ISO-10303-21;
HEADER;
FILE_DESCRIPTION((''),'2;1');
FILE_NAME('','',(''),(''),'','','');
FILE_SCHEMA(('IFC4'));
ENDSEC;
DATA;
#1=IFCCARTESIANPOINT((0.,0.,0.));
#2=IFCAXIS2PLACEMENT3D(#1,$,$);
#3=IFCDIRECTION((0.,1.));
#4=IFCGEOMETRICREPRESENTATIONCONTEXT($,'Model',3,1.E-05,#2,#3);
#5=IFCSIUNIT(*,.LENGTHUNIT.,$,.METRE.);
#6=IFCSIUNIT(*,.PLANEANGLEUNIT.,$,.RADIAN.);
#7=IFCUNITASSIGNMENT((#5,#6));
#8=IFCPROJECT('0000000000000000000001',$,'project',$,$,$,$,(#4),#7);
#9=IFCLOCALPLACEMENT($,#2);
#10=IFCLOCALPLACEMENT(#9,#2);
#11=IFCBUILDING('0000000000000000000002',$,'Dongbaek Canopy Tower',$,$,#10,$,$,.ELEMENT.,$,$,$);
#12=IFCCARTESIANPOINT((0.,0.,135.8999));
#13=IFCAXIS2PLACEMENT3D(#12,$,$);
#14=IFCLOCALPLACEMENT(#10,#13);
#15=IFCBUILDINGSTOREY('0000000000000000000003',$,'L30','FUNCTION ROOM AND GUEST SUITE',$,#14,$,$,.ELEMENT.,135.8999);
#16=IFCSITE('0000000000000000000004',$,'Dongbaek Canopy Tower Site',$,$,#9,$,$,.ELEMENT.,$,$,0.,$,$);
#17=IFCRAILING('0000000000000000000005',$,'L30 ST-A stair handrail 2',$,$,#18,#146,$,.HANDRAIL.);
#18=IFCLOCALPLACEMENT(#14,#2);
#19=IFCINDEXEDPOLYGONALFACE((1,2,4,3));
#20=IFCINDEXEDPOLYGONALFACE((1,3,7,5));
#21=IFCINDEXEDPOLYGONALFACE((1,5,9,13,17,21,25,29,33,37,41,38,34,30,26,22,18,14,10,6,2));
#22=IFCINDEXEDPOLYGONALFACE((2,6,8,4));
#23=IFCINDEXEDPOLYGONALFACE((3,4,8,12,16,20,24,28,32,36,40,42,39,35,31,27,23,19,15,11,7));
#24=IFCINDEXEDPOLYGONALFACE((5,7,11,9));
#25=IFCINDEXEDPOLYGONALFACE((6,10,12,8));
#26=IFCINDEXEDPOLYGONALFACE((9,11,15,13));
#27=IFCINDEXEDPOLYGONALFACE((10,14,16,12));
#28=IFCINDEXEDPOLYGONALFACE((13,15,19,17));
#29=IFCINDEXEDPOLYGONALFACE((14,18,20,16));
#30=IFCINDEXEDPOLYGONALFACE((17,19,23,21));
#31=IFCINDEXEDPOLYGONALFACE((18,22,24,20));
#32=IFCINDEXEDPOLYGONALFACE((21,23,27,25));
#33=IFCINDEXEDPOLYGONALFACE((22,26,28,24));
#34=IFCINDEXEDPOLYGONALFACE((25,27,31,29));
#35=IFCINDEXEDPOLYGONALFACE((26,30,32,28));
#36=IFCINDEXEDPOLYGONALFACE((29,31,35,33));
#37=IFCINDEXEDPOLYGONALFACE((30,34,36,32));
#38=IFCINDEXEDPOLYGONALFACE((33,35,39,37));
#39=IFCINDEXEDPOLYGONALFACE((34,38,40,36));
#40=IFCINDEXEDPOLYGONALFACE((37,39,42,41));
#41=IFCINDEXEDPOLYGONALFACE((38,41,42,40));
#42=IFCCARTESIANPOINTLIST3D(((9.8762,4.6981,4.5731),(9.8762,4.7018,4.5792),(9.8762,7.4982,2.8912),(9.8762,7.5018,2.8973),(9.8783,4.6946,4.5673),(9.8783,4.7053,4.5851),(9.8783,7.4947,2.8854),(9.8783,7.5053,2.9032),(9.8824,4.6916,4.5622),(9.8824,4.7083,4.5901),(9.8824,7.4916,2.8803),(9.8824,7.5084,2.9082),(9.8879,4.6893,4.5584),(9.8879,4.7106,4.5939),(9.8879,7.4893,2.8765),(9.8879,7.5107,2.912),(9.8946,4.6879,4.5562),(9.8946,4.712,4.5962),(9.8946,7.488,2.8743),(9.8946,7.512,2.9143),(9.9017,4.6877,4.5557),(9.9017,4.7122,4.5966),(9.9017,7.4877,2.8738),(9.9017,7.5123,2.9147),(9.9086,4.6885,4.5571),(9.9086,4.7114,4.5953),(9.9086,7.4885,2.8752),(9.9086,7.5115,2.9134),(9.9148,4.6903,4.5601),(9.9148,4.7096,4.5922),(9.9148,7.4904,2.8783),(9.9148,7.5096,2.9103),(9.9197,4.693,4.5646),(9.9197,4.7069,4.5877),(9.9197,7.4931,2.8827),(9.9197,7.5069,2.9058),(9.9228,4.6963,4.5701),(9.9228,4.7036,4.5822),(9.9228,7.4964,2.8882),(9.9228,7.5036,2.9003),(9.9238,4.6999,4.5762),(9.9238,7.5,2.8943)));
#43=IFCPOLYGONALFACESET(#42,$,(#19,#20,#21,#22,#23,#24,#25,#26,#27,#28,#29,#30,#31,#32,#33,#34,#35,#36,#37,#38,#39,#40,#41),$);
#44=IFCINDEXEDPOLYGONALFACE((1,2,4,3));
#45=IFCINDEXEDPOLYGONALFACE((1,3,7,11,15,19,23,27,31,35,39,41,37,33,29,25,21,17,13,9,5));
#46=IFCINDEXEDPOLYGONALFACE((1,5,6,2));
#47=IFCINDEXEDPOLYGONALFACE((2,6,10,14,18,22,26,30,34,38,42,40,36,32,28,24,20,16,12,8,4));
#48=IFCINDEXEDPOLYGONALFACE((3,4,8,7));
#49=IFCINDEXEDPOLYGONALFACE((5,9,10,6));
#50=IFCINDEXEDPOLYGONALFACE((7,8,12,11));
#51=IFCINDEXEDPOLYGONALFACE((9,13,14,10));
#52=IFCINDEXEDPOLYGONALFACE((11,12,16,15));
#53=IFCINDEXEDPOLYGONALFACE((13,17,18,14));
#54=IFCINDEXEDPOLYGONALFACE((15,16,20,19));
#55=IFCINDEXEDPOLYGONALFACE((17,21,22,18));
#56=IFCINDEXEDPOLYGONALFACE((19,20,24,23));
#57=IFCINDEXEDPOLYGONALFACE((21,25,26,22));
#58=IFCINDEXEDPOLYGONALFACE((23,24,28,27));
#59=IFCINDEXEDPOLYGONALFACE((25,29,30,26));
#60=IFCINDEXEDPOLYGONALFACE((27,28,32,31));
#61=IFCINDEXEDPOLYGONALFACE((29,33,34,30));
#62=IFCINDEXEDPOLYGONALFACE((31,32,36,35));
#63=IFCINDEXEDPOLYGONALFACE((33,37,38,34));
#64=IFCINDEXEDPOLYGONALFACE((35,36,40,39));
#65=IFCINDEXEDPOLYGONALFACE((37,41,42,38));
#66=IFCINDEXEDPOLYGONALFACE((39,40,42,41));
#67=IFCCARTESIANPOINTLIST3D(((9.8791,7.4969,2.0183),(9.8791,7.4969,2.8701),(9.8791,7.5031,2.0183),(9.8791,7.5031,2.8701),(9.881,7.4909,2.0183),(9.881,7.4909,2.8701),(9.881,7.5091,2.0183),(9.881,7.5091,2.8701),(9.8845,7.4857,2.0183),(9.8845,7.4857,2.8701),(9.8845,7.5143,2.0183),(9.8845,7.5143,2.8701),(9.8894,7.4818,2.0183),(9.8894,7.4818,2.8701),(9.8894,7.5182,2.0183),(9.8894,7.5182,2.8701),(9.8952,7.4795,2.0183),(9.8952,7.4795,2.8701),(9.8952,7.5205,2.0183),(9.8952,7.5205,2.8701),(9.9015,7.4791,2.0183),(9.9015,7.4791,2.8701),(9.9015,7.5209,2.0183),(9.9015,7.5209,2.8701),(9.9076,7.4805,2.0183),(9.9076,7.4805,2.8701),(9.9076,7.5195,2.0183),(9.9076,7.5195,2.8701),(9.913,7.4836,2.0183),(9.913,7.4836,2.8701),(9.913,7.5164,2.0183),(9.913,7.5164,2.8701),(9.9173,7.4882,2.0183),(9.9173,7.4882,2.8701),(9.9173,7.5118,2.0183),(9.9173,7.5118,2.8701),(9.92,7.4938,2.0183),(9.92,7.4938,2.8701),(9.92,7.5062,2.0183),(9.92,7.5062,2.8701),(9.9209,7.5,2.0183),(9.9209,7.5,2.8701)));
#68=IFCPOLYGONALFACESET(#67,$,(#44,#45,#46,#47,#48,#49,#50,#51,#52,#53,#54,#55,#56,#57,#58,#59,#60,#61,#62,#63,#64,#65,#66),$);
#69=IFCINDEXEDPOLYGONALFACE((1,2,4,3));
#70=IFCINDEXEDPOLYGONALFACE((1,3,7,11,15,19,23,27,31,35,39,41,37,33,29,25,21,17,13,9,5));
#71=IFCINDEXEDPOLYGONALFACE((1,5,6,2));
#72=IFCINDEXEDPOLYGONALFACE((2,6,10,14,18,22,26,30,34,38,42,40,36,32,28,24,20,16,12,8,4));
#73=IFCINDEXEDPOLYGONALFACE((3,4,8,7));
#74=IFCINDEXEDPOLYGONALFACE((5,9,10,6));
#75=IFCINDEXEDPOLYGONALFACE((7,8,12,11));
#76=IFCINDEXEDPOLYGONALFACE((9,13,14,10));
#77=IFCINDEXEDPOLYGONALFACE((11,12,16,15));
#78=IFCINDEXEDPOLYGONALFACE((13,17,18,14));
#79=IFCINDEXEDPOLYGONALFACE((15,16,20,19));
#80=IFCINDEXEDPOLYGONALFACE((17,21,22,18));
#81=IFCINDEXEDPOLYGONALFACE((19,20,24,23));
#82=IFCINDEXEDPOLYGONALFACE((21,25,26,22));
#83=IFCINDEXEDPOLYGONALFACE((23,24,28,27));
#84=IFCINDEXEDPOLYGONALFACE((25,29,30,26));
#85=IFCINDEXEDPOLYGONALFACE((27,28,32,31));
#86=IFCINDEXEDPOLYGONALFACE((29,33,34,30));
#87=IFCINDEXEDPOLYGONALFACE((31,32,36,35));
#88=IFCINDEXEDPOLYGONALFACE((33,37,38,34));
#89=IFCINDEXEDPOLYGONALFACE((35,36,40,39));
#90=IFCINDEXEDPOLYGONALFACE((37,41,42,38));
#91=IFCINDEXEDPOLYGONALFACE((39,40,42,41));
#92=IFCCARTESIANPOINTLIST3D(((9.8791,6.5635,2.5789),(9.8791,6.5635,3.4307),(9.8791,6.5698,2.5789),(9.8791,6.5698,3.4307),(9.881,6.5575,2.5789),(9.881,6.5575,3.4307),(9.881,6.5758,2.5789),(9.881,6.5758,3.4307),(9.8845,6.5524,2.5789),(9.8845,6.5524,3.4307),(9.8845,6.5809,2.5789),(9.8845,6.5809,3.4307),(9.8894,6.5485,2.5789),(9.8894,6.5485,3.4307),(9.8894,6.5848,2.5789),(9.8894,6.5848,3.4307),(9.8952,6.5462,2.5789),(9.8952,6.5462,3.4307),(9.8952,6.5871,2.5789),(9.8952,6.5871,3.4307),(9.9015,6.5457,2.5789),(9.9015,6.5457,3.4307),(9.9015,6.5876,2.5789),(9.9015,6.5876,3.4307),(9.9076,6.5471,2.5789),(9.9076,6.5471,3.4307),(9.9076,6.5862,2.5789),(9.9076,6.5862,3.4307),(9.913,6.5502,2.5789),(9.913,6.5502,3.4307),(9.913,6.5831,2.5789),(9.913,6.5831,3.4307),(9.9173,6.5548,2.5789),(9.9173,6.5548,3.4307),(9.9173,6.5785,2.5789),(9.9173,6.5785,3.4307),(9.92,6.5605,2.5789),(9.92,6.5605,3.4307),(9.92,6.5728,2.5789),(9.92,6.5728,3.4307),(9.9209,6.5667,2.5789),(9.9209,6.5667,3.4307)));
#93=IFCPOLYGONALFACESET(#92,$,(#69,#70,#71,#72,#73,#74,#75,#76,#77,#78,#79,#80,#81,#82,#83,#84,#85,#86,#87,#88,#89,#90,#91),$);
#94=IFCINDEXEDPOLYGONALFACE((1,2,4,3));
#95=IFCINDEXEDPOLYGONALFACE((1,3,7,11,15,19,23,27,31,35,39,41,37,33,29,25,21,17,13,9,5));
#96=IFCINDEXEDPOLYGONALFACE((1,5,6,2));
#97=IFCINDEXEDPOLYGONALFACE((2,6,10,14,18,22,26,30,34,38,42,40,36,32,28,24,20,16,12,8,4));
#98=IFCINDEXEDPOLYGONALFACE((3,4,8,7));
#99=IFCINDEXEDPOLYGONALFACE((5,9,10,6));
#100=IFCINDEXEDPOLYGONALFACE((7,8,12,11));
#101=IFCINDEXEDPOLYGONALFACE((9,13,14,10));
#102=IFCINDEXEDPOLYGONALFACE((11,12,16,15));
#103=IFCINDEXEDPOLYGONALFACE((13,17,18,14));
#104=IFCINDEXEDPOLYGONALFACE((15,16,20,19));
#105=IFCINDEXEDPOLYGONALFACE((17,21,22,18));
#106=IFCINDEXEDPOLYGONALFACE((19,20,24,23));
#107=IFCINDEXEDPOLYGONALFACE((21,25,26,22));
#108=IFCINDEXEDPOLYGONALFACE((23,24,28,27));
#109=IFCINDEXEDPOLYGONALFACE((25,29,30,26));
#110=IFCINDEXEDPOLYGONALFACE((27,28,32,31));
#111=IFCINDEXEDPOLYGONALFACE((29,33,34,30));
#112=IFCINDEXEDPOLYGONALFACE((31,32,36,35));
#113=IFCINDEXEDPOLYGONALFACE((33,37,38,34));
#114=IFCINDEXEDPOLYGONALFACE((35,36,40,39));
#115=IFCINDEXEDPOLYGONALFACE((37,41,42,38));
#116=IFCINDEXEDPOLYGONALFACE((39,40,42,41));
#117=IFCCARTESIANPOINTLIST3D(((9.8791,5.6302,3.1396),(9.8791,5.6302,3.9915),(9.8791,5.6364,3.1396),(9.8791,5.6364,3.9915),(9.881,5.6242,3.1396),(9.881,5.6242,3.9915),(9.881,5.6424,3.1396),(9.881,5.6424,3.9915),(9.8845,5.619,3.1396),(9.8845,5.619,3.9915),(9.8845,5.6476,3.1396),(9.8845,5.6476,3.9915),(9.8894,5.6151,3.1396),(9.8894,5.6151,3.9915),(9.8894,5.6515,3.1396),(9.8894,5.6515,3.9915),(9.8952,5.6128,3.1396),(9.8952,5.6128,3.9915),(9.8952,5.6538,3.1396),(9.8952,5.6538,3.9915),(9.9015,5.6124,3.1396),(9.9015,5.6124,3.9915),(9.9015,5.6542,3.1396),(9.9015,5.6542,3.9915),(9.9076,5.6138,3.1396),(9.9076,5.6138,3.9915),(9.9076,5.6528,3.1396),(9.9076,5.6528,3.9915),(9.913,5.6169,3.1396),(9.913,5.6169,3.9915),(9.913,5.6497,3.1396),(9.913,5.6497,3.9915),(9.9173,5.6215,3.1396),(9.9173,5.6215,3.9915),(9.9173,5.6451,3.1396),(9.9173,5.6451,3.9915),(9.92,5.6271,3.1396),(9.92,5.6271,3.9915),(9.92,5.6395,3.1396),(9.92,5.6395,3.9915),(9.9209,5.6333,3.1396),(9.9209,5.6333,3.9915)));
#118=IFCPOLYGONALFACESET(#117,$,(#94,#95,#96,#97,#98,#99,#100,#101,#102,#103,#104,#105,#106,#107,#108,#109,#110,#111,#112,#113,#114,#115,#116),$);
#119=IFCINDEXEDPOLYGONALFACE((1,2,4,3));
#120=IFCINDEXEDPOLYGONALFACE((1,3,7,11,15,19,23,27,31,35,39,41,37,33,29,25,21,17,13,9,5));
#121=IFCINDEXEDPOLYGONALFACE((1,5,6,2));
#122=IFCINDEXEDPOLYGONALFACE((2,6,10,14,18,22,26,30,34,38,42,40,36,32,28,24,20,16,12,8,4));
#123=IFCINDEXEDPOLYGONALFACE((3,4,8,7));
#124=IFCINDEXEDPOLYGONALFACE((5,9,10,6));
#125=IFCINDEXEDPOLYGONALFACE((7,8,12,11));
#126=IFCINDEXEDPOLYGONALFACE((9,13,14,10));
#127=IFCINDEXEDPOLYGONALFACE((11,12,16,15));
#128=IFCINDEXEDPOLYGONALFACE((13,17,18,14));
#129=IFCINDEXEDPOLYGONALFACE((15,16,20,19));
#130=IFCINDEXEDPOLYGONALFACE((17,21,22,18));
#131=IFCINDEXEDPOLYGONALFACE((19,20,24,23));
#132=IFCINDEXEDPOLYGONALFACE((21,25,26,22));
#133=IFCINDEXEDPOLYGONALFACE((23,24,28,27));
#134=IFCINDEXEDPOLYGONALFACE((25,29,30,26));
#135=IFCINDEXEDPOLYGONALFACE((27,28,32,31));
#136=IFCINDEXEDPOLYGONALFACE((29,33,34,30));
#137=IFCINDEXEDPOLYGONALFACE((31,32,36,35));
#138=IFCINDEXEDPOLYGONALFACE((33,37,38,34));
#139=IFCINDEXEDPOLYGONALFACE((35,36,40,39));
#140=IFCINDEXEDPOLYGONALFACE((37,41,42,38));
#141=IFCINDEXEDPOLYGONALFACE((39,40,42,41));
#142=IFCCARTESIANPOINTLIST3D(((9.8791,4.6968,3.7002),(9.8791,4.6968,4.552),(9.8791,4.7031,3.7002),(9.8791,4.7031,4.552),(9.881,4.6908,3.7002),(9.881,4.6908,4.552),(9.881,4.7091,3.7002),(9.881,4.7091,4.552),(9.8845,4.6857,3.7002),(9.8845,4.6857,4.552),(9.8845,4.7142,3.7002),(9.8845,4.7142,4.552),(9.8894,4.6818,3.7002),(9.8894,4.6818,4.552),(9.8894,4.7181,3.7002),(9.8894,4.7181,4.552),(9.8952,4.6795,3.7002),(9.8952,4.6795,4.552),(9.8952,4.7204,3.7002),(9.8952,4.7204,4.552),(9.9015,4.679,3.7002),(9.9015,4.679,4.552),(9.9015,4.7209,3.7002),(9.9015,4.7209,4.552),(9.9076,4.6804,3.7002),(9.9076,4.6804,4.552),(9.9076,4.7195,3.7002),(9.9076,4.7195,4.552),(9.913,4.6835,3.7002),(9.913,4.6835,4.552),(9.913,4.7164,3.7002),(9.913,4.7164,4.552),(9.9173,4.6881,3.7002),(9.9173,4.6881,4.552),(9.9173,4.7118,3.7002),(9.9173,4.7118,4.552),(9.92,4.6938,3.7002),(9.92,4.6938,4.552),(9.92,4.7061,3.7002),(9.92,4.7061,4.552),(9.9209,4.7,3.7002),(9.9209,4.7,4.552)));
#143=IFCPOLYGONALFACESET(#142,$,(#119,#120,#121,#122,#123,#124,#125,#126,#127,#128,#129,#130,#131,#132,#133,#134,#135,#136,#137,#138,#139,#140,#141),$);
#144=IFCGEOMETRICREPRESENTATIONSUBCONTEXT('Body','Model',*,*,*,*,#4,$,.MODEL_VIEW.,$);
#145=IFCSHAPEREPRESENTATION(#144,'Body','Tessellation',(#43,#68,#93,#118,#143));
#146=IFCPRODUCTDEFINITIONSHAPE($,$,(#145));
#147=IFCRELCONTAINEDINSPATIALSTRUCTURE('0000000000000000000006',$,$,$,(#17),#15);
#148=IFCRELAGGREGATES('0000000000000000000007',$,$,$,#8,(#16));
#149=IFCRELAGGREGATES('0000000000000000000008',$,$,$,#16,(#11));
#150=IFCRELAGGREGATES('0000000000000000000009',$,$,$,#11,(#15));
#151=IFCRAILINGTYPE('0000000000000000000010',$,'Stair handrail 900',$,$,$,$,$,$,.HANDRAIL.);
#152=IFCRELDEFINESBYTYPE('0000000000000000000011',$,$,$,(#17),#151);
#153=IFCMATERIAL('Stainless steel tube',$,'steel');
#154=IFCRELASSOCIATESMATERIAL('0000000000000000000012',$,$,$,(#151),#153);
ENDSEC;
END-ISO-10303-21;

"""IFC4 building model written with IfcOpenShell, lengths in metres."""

from ifc_helpers import new_model, si_unit, direction, frame, origin, origin_2d, place, context, subcontext, project, spatial, circle, extrude, material, type_object, element, save


model = new_model("IFC4")

# Units and contexts
model_context = context("Model", 3, precision=1e-05, world=origin(), true_north=direction((0.0, 1.0)))
body_context = subcontext(model_context, "Body", "Model", "MODEL_VIEW")
ifc_project = project(units=[si_unit("LENGTHUNIT", "METRE"), si_unit("PLANEANGLEUNIT", "RADIAN")], contexts=[model_context])

# Site, building, storey
site_placement = place(None, origin())
site = spatial("IfcSite", under=ifc_project, at=site_placement, Name="Dongbaek Canopy Tower Site", CompositionType="ELEMENT", RefElevation=0.0)
building_placement = place(site_placement, origin())
building = spatial("IfcBuilding", under=site, at=building_placement, Name="Dongbaek Canopy Tower", CompositionType="ELEMENT")
storey_placement = place(building_placement, frame((0.0, 0.0, 135.8999)))
storey = spatial("IfcBuildingStorey", under=building, at=storey_placement, Name="L30", Description="FUNCTION ROOM AND GUEST SUITE", CompositionType="ELEMENT", Elevation=135.8999)

# Railing
ifc_material_1 = material(Name="Stainless steel tube", Category="steel")
railing_type_1 = type_object("IfcRailingType", Name="Stair handrail 900", PredefinedType="HANDRAIL", material=ifc_material_1)
railing_1_placement = place(storey_placement, frame((9.8999, 7.5, 2.0183)))
element("IfcRailing", 1, at=railing_1_placement, inside=storey, type_object=railing_type_1, Name="L30 ST-A stair handrail 2", PredefinedType="HANDRAIL", context=body_context, shape_type="SweptSolid", body=[
    extrude(circle(Radius=0.0239, at=origin_2d()), frame((0.0, 0.0, 0.876), z_axis=(0.0, -0.857242, 0.514913), x_axis=(1.0, 0.0, 0.0)), (0.0, 0.0, 1.0), 3.2664),
    extrude(circle(Radius=0.021, at=origin_2d()), origin(), (0.0, 0.0, 1.0), 0.8518),
    extrude(circle(Radius=0.021, at=origin_2d()), frame((0.0, -0.9333, 0.5605)), (0.0, 0.0, 1.0), 0.8518),
    extrude(circle(Radius=0.021, at=origin_2d()), frame((0.0, -1.8667, 1.1213)), (0.0, 0.0, 1.0), 0.8518),
    extrude(circle(Radius=0.021, at=origin_2d()), frame((0.0, -2.8, 1.6819)), (0.0, 0.0, 1.0), 0.8518),
])

save(model, "model.ifc")
